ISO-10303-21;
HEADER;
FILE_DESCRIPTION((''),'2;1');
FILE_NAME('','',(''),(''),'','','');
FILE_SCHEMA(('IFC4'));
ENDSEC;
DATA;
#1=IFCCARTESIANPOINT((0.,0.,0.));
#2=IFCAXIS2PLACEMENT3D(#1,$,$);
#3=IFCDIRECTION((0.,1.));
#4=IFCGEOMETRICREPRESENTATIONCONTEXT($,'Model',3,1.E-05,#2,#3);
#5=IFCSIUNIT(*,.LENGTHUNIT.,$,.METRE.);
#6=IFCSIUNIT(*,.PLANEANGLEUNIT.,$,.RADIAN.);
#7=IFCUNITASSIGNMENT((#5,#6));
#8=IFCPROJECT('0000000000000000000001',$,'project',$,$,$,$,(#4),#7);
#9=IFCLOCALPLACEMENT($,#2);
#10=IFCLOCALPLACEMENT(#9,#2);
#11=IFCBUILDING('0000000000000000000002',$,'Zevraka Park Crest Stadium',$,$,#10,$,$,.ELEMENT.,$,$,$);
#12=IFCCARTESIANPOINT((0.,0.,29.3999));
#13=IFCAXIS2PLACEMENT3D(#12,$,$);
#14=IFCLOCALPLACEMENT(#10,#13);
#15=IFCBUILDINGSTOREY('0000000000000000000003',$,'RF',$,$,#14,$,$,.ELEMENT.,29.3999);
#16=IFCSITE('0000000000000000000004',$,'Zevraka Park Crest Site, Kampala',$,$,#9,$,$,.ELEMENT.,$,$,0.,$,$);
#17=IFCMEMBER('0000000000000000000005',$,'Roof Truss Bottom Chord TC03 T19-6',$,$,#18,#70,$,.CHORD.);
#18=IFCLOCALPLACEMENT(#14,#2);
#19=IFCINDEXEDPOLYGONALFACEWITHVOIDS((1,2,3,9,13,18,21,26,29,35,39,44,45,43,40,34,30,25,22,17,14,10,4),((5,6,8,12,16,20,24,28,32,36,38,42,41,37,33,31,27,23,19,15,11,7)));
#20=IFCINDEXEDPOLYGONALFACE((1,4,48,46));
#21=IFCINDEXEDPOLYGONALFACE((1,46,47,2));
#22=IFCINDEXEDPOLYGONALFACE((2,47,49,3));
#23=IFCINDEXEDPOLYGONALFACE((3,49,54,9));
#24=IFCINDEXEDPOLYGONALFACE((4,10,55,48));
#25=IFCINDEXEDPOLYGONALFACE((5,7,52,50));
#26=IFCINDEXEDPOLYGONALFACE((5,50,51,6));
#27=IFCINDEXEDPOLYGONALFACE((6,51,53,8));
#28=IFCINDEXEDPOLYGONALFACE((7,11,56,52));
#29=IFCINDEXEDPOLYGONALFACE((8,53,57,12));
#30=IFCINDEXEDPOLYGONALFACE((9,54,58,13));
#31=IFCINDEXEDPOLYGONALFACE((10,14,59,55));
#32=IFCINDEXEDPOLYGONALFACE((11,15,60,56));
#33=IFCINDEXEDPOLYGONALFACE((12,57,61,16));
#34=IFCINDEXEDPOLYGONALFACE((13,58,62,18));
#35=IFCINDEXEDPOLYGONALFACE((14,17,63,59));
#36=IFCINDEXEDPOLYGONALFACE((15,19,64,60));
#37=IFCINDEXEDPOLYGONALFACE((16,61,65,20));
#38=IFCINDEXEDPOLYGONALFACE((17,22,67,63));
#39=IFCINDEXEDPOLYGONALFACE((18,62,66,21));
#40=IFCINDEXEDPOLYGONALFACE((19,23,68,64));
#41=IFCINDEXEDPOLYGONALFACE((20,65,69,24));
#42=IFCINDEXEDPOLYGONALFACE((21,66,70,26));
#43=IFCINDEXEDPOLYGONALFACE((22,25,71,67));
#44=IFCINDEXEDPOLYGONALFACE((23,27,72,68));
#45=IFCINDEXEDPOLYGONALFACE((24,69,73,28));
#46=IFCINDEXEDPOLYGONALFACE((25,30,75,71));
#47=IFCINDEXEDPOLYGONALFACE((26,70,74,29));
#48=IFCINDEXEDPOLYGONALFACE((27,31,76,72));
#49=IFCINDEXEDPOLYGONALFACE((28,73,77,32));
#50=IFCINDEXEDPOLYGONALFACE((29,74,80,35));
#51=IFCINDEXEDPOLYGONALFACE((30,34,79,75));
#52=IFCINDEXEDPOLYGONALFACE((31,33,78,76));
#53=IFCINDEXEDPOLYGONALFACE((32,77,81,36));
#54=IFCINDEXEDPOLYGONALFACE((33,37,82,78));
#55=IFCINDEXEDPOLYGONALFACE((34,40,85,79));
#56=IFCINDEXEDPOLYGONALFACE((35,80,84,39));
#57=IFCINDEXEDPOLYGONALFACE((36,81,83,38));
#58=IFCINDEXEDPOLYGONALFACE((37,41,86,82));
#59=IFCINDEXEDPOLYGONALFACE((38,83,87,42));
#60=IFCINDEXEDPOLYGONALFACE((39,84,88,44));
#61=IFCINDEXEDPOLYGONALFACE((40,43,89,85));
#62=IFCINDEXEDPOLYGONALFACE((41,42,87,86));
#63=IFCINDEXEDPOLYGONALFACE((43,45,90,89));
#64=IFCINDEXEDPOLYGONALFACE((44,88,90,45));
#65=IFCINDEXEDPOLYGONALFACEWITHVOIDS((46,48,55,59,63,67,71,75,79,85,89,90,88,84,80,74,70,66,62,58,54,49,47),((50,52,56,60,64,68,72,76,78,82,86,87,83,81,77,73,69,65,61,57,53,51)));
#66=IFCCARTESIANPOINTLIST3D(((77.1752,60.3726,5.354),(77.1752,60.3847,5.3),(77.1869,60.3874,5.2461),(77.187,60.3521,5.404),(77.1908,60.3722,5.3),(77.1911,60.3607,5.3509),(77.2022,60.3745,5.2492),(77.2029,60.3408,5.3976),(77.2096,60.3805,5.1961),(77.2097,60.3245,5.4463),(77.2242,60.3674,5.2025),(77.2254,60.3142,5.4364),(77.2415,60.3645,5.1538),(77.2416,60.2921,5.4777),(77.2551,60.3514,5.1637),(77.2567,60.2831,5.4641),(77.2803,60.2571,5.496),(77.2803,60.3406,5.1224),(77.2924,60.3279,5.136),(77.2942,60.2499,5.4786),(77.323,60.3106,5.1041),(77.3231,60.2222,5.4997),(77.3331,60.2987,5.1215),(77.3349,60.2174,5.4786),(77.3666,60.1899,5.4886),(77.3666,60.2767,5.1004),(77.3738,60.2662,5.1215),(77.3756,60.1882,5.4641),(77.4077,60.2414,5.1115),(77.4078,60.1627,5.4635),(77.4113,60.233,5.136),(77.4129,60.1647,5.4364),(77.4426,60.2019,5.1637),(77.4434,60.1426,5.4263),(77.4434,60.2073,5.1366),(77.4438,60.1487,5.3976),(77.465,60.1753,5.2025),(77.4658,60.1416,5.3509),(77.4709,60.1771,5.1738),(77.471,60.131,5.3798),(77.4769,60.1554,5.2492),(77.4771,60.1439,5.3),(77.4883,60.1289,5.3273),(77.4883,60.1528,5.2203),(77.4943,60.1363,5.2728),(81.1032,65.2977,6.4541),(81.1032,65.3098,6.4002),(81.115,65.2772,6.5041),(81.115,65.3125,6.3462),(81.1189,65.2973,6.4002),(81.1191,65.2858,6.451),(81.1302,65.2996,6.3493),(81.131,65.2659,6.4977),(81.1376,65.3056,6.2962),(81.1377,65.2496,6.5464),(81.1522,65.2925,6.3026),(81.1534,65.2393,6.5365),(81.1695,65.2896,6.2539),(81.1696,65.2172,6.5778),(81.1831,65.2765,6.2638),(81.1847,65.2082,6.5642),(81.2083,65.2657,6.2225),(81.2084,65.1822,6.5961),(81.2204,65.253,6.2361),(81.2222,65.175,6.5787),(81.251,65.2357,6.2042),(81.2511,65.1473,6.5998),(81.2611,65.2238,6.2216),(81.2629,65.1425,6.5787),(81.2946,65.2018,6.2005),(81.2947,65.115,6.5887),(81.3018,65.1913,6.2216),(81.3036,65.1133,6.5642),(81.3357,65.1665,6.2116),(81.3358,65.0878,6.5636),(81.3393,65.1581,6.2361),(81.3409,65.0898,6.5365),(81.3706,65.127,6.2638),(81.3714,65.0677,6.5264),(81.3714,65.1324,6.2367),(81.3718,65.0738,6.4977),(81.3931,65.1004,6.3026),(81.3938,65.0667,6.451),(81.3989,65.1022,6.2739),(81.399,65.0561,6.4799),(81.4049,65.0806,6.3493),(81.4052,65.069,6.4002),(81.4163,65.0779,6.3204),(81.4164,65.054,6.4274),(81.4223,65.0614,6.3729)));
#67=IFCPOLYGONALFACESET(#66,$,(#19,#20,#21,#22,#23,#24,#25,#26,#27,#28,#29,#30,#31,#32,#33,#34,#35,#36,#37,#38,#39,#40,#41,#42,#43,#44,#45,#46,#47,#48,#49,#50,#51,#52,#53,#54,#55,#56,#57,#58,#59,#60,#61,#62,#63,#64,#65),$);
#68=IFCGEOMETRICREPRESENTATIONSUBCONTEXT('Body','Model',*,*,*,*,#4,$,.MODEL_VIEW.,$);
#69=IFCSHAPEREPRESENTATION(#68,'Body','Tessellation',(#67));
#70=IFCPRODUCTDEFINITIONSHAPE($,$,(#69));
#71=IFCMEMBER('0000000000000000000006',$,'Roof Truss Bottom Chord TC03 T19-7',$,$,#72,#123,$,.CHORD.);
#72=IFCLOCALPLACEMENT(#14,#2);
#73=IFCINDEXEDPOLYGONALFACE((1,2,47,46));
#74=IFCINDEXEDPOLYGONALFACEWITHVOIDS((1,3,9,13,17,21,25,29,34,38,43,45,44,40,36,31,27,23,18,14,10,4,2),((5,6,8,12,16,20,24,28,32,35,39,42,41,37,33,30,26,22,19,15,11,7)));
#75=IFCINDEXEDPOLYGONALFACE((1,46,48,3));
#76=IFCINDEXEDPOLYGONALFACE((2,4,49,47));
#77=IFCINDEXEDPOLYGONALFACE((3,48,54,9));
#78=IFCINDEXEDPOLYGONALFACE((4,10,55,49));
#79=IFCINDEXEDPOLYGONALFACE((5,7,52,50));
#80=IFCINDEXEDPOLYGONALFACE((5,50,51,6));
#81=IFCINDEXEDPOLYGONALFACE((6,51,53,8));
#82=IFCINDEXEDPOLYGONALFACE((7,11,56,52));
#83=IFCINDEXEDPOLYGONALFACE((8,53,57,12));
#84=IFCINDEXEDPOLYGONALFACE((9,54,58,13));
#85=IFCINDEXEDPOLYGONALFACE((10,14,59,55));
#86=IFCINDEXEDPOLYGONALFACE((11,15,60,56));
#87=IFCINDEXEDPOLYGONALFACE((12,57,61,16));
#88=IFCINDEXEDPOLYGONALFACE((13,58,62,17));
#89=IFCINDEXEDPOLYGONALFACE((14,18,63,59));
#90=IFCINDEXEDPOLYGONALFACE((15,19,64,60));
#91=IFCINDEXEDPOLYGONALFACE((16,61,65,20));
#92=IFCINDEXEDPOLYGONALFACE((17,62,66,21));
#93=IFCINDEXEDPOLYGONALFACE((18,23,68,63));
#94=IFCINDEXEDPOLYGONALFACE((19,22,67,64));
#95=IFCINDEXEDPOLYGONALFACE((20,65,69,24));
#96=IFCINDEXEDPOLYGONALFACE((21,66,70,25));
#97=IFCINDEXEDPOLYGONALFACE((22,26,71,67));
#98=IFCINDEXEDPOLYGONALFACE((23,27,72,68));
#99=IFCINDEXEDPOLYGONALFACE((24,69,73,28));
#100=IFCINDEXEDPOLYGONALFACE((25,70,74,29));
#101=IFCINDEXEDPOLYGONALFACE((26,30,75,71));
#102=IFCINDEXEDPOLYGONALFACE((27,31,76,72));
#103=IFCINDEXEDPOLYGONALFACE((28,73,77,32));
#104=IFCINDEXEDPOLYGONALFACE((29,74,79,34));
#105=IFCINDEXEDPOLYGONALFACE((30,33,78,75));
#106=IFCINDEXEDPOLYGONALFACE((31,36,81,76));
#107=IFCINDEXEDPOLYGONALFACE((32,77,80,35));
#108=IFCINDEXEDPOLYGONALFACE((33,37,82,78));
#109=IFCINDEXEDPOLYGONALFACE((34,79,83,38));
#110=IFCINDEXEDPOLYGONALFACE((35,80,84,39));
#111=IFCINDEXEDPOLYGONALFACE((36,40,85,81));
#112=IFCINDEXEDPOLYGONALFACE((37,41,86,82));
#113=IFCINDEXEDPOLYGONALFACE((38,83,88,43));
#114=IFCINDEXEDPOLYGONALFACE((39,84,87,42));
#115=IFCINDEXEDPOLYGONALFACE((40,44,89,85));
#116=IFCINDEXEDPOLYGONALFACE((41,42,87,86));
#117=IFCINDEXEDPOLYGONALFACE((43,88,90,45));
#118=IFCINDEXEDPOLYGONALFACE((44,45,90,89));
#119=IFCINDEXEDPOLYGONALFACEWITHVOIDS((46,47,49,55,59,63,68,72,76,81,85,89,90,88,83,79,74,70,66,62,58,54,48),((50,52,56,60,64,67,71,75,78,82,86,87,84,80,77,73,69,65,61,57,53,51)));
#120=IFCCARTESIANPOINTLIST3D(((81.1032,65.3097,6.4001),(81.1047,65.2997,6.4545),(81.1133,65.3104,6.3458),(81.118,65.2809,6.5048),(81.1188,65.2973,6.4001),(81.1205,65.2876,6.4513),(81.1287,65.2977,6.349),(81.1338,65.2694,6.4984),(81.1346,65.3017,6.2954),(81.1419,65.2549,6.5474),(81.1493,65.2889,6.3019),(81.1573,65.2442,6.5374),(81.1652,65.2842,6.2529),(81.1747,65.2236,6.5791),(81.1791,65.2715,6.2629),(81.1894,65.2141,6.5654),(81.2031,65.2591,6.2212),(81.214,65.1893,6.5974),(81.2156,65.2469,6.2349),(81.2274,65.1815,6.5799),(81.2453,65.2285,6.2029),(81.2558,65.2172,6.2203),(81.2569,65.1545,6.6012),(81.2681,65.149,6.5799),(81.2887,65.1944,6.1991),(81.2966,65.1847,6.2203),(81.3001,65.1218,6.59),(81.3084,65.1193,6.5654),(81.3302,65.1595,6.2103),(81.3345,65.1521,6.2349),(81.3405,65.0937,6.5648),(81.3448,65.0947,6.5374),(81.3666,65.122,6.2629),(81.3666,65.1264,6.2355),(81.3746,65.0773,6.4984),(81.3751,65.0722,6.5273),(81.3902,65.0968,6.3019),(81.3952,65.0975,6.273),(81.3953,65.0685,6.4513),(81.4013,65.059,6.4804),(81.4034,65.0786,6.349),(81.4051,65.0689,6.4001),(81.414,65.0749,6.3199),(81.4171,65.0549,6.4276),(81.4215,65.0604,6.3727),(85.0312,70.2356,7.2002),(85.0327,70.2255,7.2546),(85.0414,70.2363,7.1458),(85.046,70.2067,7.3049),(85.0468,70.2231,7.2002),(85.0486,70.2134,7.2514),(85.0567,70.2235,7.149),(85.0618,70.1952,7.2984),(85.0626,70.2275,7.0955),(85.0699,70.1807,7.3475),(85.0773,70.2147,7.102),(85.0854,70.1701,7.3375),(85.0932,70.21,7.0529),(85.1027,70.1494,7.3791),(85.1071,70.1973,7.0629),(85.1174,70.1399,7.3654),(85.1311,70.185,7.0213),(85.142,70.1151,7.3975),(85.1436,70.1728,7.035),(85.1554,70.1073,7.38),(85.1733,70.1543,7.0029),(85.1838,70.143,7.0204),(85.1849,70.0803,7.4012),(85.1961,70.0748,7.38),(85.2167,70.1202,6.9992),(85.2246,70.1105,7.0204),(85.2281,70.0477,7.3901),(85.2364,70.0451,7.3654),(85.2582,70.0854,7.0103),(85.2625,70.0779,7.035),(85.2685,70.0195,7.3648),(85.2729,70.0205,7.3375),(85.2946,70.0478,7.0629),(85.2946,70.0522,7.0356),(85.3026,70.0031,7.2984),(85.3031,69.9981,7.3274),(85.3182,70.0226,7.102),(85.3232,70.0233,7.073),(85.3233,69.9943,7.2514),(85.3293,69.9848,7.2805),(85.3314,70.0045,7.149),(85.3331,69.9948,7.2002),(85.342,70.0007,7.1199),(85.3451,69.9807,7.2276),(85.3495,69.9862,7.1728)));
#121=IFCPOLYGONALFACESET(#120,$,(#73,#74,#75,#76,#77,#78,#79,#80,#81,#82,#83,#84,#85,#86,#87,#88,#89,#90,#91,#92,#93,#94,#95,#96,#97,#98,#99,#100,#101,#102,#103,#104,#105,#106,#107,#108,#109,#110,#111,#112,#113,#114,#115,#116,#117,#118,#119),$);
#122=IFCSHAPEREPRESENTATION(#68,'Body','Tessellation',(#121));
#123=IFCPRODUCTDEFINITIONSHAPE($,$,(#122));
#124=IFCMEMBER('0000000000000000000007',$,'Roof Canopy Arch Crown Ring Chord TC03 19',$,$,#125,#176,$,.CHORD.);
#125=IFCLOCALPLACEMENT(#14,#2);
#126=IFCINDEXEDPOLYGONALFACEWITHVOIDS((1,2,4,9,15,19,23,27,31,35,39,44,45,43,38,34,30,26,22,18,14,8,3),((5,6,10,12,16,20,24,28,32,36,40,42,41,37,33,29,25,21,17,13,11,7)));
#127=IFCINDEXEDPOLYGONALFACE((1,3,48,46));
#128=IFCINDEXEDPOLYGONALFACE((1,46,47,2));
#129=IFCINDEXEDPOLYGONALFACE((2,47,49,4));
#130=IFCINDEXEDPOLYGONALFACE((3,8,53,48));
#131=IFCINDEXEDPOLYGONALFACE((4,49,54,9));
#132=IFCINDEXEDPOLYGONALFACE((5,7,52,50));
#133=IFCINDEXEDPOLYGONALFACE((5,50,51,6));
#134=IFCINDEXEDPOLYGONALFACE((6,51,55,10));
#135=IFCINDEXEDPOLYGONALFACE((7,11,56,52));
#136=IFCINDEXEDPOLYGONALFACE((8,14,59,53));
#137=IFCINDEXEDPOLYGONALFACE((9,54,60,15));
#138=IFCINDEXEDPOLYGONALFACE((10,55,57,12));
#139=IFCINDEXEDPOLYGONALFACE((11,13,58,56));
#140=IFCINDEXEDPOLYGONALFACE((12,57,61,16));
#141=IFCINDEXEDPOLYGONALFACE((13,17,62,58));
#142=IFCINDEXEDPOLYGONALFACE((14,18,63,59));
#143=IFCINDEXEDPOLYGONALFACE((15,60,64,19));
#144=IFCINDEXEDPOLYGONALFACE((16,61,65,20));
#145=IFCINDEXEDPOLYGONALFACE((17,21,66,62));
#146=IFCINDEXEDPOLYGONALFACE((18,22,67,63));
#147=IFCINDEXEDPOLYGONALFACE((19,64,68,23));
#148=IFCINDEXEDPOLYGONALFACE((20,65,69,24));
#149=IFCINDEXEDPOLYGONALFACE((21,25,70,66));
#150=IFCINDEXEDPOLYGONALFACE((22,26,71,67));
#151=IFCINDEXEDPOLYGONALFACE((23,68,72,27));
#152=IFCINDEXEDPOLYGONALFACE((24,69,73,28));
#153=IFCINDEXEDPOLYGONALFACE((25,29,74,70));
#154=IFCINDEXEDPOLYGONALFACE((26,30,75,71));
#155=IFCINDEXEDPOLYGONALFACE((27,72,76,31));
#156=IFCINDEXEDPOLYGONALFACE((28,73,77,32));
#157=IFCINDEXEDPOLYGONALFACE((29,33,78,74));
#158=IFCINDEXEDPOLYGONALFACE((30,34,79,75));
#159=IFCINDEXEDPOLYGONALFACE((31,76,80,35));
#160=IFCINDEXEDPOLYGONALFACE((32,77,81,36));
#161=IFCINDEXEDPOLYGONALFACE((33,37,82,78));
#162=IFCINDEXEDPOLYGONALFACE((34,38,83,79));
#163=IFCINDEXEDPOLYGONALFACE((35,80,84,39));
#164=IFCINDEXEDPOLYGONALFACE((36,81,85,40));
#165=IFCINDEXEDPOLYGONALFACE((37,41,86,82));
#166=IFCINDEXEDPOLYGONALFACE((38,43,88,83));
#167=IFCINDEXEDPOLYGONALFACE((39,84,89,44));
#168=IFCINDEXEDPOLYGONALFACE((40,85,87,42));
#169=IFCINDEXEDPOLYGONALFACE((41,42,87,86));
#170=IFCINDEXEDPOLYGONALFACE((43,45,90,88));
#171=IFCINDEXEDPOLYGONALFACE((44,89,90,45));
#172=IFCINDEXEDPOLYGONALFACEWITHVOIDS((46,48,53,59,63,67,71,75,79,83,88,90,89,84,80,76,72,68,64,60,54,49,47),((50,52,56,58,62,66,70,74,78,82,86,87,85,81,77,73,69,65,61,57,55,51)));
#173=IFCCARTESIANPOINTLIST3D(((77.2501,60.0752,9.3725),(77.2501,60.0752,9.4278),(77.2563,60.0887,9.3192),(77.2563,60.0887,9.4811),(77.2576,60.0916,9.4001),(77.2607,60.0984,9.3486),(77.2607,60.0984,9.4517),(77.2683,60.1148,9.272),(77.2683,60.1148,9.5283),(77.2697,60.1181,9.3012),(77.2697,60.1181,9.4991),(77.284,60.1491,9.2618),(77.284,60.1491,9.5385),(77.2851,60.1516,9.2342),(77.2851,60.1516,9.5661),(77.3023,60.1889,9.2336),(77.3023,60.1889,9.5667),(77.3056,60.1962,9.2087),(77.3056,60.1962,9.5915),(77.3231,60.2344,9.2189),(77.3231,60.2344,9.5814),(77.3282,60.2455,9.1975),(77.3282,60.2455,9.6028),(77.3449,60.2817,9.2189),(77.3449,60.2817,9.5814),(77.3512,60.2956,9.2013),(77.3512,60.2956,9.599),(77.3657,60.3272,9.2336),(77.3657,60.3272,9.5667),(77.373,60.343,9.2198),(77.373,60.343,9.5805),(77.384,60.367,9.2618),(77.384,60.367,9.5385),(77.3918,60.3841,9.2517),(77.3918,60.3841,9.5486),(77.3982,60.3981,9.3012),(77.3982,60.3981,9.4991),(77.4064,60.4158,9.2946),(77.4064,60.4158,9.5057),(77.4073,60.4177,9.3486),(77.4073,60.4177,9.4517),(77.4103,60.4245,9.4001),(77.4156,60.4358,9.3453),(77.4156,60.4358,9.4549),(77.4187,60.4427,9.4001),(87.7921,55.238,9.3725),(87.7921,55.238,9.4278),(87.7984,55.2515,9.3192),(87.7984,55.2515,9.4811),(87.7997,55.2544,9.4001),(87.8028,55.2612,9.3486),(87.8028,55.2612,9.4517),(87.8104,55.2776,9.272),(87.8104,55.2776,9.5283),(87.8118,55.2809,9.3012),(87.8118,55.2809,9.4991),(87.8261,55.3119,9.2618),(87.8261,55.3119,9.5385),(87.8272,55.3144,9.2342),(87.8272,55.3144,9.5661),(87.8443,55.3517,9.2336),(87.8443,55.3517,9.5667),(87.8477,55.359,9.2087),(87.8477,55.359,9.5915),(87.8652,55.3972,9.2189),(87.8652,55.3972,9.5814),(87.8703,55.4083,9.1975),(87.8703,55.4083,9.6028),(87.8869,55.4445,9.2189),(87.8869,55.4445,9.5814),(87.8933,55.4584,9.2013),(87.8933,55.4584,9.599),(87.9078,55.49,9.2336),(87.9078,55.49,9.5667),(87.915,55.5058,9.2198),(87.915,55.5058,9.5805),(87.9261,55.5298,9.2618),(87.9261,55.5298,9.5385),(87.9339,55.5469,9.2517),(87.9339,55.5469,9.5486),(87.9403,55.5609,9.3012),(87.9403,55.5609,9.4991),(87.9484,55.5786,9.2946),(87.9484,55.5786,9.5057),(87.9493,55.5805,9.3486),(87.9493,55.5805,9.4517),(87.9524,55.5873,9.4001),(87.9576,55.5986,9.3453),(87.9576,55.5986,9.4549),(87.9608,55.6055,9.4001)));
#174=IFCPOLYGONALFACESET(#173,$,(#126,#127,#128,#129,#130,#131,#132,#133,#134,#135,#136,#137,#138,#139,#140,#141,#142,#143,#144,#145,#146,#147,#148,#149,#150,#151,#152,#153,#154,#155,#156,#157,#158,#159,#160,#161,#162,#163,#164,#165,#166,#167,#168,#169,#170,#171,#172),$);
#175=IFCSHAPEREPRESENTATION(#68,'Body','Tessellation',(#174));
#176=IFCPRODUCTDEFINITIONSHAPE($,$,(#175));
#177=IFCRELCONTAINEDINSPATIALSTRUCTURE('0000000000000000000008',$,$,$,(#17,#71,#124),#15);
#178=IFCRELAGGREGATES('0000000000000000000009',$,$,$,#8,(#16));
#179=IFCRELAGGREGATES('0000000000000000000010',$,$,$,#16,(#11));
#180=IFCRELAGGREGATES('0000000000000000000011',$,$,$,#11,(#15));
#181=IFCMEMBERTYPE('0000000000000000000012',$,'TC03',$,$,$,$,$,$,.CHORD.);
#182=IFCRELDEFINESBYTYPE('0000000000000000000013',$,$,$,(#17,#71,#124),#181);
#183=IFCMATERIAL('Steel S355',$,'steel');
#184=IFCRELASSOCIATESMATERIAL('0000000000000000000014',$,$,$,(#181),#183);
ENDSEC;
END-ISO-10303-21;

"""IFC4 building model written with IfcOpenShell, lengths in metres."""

from ifc_helpers import new_model, si_unit, direction, frame, origin, origin_2d, place, context, subcontext, project, spatial, hollow_circle, extrude, material, material_profile, profile_set, type_object, element, save


model = new_model("IFC4")

# Units and contexts
model_context = context("Model", 3, precision=1e-05, world=origin(), true_north=direction((0.0, 1.0)))
body_context = subcontext(model_context, "Body", "Model", "MODEL_VIEW")
ifc_project = project(units=[si_unit("LENGTHUNIT", "METRE"), si_unit("PLANEANGLEUNIT", "RADIAN")], contexts=[model_context])

# Site, building, storey
site_placement = place(None, origin())
site = spatial("IfcSite", under=ifc_project, at=site_placement, Name="Zevraka Park Crest Site, Kampala", CompositionType="ELEMENT", RefElevation=0.0)
building_placement = place(site_placement, origin())
building = spatial("IfcBuilding", under=site, at=building_placement, Name="Zevraka Park Crest Stadium", CompositionType="ELEMENT")
storey_placement = place(building_placement, frame((0.0, 0.0, 29.3999)))
storey = spatial("IfcBuildingStorey", under=building, at=storey_placement, Name="RF", CompositionType="ELEMENT", Elevation=29.3999)

# Members
ifc_material_1 = material(Name="Steel S355", Category="steel")
ifc_material_profile_1 = material_profile(ifc_material_1, hollow_circle(Radius=0.2031, WallThickness=0.02, at=origin_2d()), Name="CHS 406.4x20")
ifc_profile_set_1 = profile_set([ifc_material_profile_1], Name="Steel S355")
member_type_1 = type_object("IfcMemberType", Name="TC03", PredefinedType="CHORD", material=ifc_profile_set_1)
member_1_placement = place(storey_placement, frame((77.334, 60.2581, 5.3), z_axis=(0.614232, 0.770147, 0.172026), x_axis=(-0.781802, 0.623527, 0.0)))
element("IfcMember", 1, at=member_1_placement, inside=storey, type_object=member_type_1, Name="Roof Truss Bottom Chord TC03 T19-6", PredefinedType="CHORD", context=body_context, shape_type="SweptSolid", body=[
    extrude(hollow_circle(Radius=0.2031, WallThickness=0.02, at=origin_2d()), origin(), (0.0, 0.0, 1.0), 6.395),
])
member_2_placement = place(storey_placement, frame((81.262, 65.1831, 6.4001), z_axis=(0.618503, 0.775618, 0.125976), x_axis=(-0.781847, 0.62347, 0.0)))
element("IfcMember", 2, at=member_2_placement, inside=storey, type_object=member_type_1, Name="Roof Truss Bottom Chord TC03 T19-7", PredefinedType="CHORD", context=body_context, shape_type="SweptSolid", body=[
    extrude(hollow_circle(Radius=0.2031, WallThickness=0.02, at=origin_2d()), origin(), (0.0, 0.0, 1.0), 6.3508),
])
member_3_placement = place(storey_placement, frame((77.334, 60.2581, 9.4001), z_axis=(0.908888, -0.41704, 0.0), x_axis=(0.41704, 0.908888, 0.0)))
element("IfcMember", 3, at=member_3_placement, inside=storey, type_object=member_type_1, Name="Roof Canopy Arch Crown Ring Chord TC03 19", PredefinedType="CHORD", context=body_context, shape_type="SweptSolid", body=[
    extrude(hollow_circle(Radius=0.2031, WallThickness=0.02, at=origin_2d()), origin(), (0.0, 0.0, 1.0), 11.5989),
])

save(model, "model.ifc")
